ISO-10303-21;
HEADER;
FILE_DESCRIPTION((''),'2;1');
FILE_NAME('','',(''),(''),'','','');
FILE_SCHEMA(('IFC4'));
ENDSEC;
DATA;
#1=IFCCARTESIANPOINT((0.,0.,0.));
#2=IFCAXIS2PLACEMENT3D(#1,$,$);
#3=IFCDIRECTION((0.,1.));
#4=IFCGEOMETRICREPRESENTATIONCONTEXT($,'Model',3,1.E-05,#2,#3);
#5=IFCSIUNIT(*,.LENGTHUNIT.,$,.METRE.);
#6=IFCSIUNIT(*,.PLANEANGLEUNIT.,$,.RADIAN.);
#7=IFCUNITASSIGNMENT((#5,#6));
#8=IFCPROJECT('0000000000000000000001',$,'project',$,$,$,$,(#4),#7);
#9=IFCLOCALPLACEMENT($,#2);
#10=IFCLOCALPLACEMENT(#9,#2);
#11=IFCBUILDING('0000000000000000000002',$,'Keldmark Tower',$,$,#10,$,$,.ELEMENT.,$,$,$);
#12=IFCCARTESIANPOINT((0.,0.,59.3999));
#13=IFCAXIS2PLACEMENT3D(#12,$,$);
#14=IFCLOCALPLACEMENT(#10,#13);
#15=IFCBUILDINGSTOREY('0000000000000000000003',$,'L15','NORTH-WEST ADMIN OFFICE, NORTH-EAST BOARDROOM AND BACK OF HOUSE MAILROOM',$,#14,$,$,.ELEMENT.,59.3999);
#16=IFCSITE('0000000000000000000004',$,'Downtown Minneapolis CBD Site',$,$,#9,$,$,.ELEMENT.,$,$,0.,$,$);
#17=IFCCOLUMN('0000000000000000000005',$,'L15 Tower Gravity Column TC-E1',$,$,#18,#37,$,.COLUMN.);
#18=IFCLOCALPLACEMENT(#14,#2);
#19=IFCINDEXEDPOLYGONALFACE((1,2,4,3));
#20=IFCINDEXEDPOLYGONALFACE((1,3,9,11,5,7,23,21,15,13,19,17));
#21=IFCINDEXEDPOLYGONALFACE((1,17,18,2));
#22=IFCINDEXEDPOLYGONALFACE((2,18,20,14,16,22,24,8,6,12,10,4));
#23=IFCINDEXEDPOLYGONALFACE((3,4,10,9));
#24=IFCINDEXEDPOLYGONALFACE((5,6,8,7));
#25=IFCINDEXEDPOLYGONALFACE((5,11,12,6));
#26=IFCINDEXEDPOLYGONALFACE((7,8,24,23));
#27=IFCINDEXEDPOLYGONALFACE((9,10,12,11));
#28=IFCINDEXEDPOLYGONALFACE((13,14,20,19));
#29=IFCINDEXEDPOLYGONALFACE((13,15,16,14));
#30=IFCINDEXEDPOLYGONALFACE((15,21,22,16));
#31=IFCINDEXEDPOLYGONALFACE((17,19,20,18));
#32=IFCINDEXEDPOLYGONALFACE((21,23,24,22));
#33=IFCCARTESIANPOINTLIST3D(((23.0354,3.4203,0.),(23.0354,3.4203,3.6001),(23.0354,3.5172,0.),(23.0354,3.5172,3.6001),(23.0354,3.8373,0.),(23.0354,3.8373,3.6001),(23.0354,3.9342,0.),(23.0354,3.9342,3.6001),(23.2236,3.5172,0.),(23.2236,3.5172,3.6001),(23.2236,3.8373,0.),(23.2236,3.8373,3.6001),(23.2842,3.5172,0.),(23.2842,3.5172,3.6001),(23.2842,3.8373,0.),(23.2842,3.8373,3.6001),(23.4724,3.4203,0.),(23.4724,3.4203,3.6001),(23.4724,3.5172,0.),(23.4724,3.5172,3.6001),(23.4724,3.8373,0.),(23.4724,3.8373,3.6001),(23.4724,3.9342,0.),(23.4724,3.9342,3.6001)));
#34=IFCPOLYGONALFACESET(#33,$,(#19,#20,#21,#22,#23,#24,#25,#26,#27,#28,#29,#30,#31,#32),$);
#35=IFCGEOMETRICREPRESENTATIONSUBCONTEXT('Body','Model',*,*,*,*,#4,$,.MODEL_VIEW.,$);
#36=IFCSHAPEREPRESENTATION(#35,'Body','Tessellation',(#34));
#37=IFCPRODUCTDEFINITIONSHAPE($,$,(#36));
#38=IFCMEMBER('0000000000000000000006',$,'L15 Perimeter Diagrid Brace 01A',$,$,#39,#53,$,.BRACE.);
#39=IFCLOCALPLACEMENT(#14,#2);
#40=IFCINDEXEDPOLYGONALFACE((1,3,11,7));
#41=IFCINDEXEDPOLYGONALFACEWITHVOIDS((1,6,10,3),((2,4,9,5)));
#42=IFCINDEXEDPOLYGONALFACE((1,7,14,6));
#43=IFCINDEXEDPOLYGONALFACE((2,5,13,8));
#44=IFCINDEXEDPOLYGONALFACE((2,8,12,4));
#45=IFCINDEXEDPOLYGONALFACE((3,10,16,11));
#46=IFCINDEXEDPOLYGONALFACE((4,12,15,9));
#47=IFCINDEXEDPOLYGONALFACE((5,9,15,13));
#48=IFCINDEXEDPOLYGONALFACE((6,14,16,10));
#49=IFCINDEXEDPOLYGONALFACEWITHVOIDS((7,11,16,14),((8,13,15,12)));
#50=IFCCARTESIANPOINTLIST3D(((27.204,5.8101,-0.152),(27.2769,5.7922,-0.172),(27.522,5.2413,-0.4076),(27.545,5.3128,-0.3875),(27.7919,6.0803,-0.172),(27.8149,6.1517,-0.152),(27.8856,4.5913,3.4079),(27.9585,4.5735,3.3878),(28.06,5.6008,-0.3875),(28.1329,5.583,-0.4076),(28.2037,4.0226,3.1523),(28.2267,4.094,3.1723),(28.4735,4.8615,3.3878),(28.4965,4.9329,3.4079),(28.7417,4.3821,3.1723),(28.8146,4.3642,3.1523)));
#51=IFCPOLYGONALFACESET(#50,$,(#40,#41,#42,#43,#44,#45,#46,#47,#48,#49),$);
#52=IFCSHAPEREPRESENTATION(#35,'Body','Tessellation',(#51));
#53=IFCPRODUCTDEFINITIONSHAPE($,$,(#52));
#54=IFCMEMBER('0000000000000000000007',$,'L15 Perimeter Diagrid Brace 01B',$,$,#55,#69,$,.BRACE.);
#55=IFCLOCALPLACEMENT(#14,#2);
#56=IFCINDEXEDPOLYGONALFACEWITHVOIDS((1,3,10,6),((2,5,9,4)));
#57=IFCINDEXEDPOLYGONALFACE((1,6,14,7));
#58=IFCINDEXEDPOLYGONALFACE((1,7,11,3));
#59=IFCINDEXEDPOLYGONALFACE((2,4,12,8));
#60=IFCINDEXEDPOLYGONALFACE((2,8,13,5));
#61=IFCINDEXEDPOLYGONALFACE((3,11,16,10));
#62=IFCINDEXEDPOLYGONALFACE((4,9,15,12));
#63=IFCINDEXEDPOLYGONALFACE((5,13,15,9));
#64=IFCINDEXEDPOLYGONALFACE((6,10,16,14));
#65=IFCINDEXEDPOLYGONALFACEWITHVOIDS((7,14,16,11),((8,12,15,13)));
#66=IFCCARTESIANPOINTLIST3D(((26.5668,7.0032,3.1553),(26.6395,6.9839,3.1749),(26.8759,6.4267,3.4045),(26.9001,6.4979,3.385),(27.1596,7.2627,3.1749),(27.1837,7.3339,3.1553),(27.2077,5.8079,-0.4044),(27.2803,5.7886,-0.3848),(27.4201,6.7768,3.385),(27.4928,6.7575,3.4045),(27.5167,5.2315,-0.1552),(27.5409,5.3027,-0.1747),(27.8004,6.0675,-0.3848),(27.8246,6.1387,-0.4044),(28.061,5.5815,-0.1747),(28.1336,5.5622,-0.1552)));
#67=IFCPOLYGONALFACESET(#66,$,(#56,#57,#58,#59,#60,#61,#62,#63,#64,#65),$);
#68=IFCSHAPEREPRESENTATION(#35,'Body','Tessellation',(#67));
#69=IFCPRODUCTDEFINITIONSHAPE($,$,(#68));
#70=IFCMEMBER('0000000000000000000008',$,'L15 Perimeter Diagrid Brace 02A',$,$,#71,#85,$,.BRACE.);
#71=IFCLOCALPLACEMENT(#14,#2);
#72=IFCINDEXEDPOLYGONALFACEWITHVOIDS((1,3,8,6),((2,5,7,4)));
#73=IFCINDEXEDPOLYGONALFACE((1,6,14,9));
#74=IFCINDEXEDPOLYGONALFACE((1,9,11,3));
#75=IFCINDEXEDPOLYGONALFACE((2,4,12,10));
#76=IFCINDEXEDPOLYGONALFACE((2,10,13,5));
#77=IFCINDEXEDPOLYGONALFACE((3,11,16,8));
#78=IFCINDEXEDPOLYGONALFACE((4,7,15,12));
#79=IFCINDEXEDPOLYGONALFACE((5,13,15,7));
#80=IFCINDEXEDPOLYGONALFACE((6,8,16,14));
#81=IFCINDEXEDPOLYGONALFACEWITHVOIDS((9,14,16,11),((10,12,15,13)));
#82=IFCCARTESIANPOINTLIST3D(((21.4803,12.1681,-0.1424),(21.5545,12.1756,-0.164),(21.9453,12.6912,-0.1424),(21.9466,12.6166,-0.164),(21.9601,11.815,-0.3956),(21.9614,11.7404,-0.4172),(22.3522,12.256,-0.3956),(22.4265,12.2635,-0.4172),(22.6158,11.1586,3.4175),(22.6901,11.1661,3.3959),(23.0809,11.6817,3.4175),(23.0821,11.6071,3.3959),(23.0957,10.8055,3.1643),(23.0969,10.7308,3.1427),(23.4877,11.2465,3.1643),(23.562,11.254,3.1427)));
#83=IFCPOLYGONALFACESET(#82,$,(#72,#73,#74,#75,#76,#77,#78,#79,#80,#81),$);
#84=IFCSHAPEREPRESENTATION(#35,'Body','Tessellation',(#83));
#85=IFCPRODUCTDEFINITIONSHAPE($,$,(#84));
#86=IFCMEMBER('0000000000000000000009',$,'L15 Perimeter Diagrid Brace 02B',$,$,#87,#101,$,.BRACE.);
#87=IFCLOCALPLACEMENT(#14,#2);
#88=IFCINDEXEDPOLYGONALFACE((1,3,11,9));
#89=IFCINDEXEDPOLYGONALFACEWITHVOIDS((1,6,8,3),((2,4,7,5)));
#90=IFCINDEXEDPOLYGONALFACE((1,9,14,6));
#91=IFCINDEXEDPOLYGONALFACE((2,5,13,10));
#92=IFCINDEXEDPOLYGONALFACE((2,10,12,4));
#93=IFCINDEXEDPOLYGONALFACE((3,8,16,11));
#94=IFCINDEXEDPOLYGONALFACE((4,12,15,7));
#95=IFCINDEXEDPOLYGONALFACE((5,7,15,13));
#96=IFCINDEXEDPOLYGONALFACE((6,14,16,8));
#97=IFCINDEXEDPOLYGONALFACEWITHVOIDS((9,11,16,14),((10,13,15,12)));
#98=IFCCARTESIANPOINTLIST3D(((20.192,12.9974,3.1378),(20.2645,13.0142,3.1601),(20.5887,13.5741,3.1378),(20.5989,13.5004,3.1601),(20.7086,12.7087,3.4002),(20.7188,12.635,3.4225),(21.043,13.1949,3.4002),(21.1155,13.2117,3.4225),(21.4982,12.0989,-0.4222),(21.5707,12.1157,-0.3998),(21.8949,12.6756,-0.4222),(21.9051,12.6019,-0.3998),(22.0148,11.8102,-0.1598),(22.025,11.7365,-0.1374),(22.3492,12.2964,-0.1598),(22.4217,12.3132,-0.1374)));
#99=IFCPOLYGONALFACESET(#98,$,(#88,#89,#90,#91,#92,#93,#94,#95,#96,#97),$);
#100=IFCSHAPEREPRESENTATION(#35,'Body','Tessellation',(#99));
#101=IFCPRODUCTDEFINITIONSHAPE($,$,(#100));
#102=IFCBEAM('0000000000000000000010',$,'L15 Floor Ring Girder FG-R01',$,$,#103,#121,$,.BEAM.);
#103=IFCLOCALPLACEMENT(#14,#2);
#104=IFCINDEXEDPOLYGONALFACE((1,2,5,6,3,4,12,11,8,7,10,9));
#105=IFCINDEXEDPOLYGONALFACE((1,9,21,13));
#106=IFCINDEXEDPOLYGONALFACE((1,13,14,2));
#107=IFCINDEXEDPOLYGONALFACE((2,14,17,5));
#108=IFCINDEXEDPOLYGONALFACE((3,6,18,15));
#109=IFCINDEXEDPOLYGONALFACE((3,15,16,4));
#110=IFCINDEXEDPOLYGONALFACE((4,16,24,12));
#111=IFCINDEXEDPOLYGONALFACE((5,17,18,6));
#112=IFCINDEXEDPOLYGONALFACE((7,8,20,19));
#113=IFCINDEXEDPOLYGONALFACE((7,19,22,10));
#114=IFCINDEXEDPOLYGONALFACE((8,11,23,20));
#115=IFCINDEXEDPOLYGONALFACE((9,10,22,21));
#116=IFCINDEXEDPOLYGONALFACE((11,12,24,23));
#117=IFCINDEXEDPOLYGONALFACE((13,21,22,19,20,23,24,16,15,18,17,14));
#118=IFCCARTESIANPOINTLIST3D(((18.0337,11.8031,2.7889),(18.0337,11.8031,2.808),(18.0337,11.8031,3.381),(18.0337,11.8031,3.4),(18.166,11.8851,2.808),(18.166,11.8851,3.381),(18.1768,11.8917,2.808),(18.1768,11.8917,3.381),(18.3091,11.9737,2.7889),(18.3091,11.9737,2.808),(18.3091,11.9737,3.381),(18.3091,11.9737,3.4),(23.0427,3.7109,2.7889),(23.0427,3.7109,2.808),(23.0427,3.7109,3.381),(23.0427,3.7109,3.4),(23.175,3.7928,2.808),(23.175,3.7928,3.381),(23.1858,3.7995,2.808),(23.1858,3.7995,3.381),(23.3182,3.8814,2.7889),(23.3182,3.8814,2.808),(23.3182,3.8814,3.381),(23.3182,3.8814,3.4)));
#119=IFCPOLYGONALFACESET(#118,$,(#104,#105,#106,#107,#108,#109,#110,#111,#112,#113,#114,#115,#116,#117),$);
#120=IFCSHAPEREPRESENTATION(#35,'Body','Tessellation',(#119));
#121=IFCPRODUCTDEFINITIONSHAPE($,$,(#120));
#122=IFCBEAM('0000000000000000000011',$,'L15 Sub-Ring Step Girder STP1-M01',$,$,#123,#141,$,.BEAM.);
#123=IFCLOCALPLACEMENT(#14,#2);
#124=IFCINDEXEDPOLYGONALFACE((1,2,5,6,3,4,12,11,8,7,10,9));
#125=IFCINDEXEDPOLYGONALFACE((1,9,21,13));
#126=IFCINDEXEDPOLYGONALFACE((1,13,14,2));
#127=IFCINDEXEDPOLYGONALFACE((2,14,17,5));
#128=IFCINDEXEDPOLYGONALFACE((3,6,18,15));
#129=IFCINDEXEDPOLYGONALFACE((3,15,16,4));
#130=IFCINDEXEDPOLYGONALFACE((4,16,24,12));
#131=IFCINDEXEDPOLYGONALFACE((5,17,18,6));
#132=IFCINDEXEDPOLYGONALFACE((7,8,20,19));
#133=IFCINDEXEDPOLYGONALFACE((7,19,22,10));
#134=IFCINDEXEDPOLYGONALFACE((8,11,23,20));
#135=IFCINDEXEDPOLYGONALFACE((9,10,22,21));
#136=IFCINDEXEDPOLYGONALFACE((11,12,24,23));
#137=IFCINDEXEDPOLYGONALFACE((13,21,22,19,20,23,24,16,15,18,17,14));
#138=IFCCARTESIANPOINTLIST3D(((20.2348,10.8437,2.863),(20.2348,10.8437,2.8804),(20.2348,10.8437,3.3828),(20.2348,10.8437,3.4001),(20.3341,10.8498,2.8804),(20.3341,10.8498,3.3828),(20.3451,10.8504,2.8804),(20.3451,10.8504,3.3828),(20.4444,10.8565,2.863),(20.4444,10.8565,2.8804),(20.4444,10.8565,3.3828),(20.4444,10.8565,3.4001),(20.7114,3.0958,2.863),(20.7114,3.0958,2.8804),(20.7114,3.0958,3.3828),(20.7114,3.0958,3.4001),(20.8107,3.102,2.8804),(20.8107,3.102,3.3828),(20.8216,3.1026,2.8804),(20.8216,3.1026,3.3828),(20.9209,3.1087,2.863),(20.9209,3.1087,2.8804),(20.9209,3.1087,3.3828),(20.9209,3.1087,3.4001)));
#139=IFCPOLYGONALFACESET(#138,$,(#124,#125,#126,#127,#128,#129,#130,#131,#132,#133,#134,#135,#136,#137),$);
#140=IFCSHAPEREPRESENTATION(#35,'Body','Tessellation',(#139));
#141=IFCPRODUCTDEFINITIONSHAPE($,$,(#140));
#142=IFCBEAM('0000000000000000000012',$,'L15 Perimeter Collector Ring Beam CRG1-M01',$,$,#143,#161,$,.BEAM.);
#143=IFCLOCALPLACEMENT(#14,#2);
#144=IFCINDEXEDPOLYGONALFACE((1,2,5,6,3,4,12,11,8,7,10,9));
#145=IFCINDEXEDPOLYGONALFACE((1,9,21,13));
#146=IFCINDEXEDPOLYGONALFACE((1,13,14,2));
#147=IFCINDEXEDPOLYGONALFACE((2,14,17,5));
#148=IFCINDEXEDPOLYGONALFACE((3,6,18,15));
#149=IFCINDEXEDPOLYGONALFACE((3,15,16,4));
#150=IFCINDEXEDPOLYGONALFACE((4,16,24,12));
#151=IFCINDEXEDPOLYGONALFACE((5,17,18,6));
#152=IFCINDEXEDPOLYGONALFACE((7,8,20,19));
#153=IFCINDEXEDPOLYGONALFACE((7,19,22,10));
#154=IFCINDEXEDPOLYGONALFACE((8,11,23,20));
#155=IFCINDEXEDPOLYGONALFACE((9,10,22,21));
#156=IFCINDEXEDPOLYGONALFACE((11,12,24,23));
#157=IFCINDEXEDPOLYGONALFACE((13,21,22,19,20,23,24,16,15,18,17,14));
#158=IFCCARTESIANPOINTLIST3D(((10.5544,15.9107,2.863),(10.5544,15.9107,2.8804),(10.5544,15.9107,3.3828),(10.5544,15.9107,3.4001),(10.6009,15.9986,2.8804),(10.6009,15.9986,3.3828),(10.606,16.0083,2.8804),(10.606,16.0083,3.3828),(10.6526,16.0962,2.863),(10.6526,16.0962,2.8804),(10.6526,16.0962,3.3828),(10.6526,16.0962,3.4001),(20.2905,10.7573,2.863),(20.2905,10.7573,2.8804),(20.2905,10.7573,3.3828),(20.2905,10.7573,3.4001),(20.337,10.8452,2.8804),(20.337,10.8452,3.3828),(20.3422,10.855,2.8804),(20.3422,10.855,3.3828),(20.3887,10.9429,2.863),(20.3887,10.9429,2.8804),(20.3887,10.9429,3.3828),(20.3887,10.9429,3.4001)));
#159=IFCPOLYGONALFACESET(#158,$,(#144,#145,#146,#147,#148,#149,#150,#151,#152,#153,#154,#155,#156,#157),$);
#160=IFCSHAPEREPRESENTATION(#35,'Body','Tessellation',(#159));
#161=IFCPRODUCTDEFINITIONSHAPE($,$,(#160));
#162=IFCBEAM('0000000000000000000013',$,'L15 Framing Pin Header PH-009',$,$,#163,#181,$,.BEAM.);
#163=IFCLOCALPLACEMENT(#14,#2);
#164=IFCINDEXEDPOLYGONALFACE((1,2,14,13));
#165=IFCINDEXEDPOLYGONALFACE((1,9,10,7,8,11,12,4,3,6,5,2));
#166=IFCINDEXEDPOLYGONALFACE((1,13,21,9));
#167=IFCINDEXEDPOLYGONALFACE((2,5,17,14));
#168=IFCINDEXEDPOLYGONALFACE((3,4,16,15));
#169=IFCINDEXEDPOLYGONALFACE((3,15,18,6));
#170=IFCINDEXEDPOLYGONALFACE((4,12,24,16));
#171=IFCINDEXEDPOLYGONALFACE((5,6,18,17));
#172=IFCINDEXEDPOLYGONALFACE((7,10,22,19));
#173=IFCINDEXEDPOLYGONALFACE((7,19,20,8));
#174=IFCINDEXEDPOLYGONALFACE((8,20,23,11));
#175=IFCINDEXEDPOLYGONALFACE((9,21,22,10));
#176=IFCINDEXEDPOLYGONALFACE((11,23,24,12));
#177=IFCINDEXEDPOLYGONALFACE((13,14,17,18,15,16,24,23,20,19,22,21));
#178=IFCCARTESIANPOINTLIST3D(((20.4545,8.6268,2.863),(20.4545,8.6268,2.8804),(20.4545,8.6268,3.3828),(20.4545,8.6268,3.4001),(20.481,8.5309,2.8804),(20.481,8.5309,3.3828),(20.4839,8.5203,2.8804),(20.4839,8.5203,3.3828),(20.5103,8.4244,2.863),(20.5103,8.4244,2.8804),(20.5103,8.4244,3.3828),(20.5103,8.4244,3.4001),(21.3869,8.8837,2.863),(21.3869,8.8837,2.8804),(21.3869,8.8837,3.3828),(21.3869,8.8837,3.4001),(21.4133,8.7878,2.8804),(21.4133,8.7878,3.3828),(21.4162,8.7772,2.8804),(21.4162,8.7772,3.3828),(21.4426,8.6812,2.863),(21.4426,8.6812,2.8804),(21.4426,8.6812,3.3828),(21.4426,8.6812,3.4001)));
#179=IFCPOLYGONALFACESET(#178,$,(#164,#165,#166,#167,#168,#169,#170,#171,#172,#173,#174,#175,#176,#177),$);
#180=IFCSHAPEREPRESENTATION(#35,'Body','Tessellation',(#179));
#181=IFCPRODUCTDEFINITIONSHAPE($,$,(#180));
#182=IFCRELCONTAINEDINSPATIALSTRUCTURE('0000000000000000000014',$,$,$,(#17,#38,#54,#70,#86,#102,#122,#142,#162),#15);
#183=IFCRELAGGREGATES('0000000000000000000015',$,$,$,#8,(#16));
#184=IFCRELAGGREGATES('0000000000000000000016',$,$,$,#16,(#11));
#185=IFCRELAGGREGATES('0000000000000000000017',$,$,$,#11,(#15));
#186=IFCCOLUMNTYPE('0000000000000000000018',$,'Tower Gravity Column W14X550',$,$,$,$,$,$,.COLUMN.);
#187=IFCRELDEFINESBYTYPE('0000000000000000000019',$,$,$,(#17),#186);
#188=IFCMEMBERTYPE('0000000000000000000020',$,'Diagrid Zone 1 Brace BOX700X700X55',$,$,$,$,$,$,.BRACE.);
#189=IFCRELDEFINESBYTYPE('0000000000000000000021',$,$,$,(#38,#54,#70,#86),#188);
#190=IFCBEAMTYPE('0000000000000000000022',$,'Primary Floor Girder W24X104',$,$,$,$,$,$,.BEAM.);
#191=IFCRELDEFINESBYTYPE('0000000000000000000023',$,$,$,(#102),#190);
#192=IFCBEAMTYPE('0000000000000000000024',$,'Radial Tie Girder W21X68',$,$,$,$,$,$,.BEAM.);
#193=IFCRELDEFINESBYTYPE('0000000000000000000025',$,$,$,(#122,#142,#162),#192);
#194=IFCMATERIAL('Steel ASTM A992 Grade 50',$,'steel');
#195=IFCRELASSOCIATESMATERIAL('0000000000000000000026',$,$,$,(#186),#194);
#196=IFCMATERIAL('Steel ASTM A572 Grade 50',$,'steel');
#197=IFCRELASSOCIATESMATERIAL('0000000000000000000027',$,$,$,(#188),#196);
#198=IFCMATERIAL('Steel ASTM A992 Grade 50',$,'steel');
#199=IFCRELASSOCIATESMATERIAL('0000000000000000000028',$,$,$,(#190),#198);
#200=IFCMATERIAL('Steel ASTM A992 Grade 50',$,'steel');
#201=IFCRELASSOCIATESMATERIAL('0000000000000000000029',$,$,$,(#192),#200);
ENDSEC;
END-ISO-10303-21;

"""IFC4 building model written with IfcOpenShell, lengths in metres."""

from ifc_helpers import new_model, si_unit, direction, frame, origin, origin_2d, place, context, subcontext, project, spatial, hollow_rectangle, i_section, extrude, material, material_profile, profile_set, type_object, element, save


model = new_model("IFC4")

# Units and contexts
model_context = context("Model", 3, precision=1e-05, world=origin(), true_north=direction((0.0, 1.0)))
body_context = subcontext(model_context, "Body", "Model", "MODEL_VIEW")
ifc_project = project(units=[si_unit("LENGTHUNIT", "METRE"), si_unit("PLANEANGLEUNIT", "RADIAN")], contexts=[model_context])

# Site, building, storey
site_placement = place(None, origin())
site = spatial("IfcSite", under=ifc_project, at=site_placement, Name="Downtown Minneapolis CBD Site", CompositionType="ELEMENT", RefElevation=0.0)
building_placement = place(site_placement, origin())
building = spatial("IfcBuilding", under=site, at=building_placement, Name="Keldmark Tower", CompositionType="ELEMENT")
storey_placement = place(building_placement, frame((0.0, 0.0, 59.3999)))
storey = spatial("IfcBuildingStorey", under=building, at=storey_placement, Name="L15", Description="NORTH-WEST ADMIN OFFICE, NORTH-EAST BOARDROOM AND BACK OF HOUSE MAILROOM", CompositionType="ELEMENT", Elevation=59.3999)

# Column
ifc_material_1 = material(Name="Steel ASTM A992 Grade 50", Category="steel")
ifc_material_profile_1 = material_profile(ifc_material_1, i_section(OverallWidth=0.437, OverallDepth=0.5139, WebThickness=0.0605, FlangeThickness=0.0969, at=origin_2d()), Name="W14X550")
ifc_profile_set_1 = profile_set([ifc_material_profile_1], Name="Steel ASTM A992 Grade 50")
column_type = type_object("IfcColumnType", Name="Tower Gravity Column W14X550", PredefinedType="COLUMN", material=ifc_profile_set_1)
column_placement = place(storey_placement, frame((23.2539, 3.6772, 0.0), z_axis=(0.0, 0.0, 1.0), x_axis=(1.0, 0.0, 0.0)))
element("IfcColumn", 1, at=column_placement, inside=storey, type_object=column_type, Name="L15 Tower Gravity Column TC-E1", PredefinedType="COLUMN", context=body_context, shape_type="SweptSolid", body=[
    extrude(i_section(OverallWidth=0.437, OverallDepth=0.5139, WebThickness=0.0605, FlangeThickness=0.0969, at=origin_2d()), origin(), (0.0, 0.0, 1.0), 3.6001),
])

# Members
ifc_material_2 = material(Name="Steel ASTM A572 Grade 50", Category="steel")
ifc_material_profile_2 = material_profile(ifc_material_2, hollow_rectangle(XDim=0.7, YDim=0.7, WallThickness=0.0549, at=origin_2d()), Name="BOX700X700X55")
ifc_profile_set_2 = profile_set([ifc_material_profile_2], Name="Steel ASTM A572 Grade 50")
member_type = type_object("IfcMemberType", Name="Diagrid Zone 1 Brace BOX700X700X55", PredefinedType="BRACE", material=ifc_profile_set_2)
member_1_placement = place(storey_placement, frame((27.6685, 5.6965, -0.2798), z_axis=(0.178258, -0.318719, 0.930936), x_axis=(0.872768, 0.488135, 0.0)))
element("IfcMember", 2, at=member_1_placement, inside=storey, type_object=member_type, Name="L15 Perimeter Diagrid Brace 01A", PredefinedType="BRACE", context=body_context, shape_type="SweptSolid", body=[
    extrude(hollow_rectangle(XDim=0.7, YDim=0.7, WallThickness=0.0549, at=origin_2d()), origin(), (0.0, 0.0, 1.0), 3.824),
])
member_2_placement = place(storey_placement, frame((27.6707, 5.6851, -0.2798), z_axis=(-0.168232, 0.313777, 0.934474), x_axis=(-0.881319, -0.472521, 0.0)))
element("IfcMember", 3, at=member_2_placement, inside=storey, type_object=member_type, Name="L15 Perimeter Diagrid Brace 01B", PredefinedType="BRACE", context=body_context, shape_type="SweptSolid", body=[
    extrude(hollow_rectangle(XDim=0.7, YDim=0.7, WallThickness=0.0549, at=origin_2d()), origin(), (0.0, 0.0, 1.0), 3.8093),
])
member_3_placement = place(storey_placement, frame((21.9534, 12.2158, -0.2798), z_axis=(0.293372, -0.260825, 0.91973), x_axis=(0.664434, 0.747347, 0.0)))
element("IfcMember", 4, at=member_3_placement, inside=storey, type_object=member_type, Name="L15 Perimeter Diagrid Brace 02A", PredefinedType="BRACE", context=body_context, shape_type="SweptSolid", body=[
    extrude(hollow_rectangle(XDim=0.7, YDim=0.7, WallThickness=0.0549, at=origin_2d()), origin(), (0.0, 0.0, 1.0), 3.8706),
])
member_4_placement = place(storey_placement, frame((21.96, 12.2061, -0.2798), z_axis=(-0.335181, 0.230554, 0.913509), x_axis=(-0.566725, -0.823907, 0.0)))
element("IfcMember", 5, at=member_4_placement, inside=storey, type_object=member_type, Name="L15 Perimeter Diagrid Brace 02B", PredefinedType="BRACE", context=body_context, shape_type="SweptSolid", body=[
    extrude(hollow_rectangle(XDim=0.7, YDim=0.7, WallThickness=0.0549, at=origin_2d()), origin(), (0.0, 0.0, 1.0), 3.897),
])

# Beams
ifc_material_3 = material(Name="Steel ASTM A992 Grade 50", Category="steel")
ifc_material_profile_3 = material_profile(ifc_material_3, i_section(OverallWidth=0.324, OverallDepth=0.6111, WebThickness=0.0127, FlangeThickness=0.019, at=origin_2d()), Name="W24X104")
ifc_profile_set_3 = profile_set([ifc_material_profile_3], Name="Steel ASTM A992 Grade 50")
beam_type_1 = type_object("IfcBeamType", Name="Primary Floor Girder W24X104", PredefinedType="BEAM", material=ifc_profile_set_3)
beam_1_placement = place(storey_placement, frame((23.1804, 3.7961, 3.0945), z_axis=(-0.526318, 0.850288, 0.0), x_axis=(-0.850288, -0.526318, 0.0)))
element("IfcBeam", 6, at=beam_1_placement, inside=storey, type_object=beam_type_1, Name="L15 Floor Ring Girder FG-R01", PredefinedType="BEAM", context=body_context, shape_type="SweptSolid", body=[
    extrude(i_section(OverallWidth=0.324, OverallDepth=0.6111, WebThickness=0.0127, FlangeThickness=0.019, at=origin_2d()), origin(), (0.0, 0.0, 1.0), 9.5171),
])
ifc_material_4 = material(Name="Steel ASTM A992 Grade 50", Category="steel")
ifc_material_profile_4 = material_profile(ifc_material_4, i_section(OverallWidth=0.21, OverallDepth=0.5371, WebThickness=0.011, FlangeThickness=0.0173, at=origin_2d()), Name="W21X68")
ifc_profile_set_4 = profile_set([ifc_material_profile_4], Name="Steel ASTM A992 Grade 50")
beam_type_2 = type_object("IfcBeamType", Name="Radial Tie Girder W21X68", PredefinedType="BEAM", material=ifc_profile_set_4)
beam_2_placement = place(storey_placement, frame((20.8162, 3.1023, 3.1316), z_axis=(-0.061393, 0.998114, 0.0), x_axis=(-0.998114, -0.061393, 0.0)))
element("IfcBeam", 7, at=beam_2_placement, inside=storey, type_object=beam_type_2, Name="L15 Sub-Ring Step Girder STP1-M01", PredefinedType="BEAM", context=body_context, shape_type="SweptSolid", body=[
    extrude(i_section(OverallWidth=0.21, OverallDepth=0.5371, WebThickness=0.011, FlangeThickness=0.0173, at=origin_2d()), origin(), (0.0, 0.0, 1.0), 7.7625),
])
beam_3_placement = place(storey_placement, frame((20.3396, 10.8501, 3.1316), z_axis=(-0.883828, 0.467811, 0.0), x_axis=(-0.467811, -0.883828, 0.0)))
element("IfcBeam", 8, at=beam_3_placement, inside=storey, type_object=beam_type_2, Name="L15 Perimeter Collector Ring Beam CRG1-M01", PredefinedType="BEAM", context=body_context, shape_type="SweptSolid", body=[
    extrude(i_section(OverallWidth=0.21, OverallDepth=0.5371, WebThickness=0.011, FlangeThickness=0.0173, at=origin_2d()), origin(), (0.0, 0.0, 1.0), 11.0159),
])
beam_4_placement = place(storey_placement, frame((20.4824, 8.5256, 3.1316), z_axis=(0.964091, 0.265573, 0.0), x_axis=(-0.265573, 0.964091, 0.0)))
element("IfcBeam", 9, at=beam_4_placement, inside=storey, type_object=beam_type_2, Name="L15 Framing Pin Header PH-009", PredefinedType="BEAM", context=body_context, shape_type="SweptSolid", body=[
    extrude(i_section(OverallWidth=0.21, OverallDepth=0.5371, WebThickness=0.011, FlangeThickness=0.0173, at=origin_2d()), origin(), (0.0, 0.0, 1.0), 0.967),
])

save(model, "model.ifc")
